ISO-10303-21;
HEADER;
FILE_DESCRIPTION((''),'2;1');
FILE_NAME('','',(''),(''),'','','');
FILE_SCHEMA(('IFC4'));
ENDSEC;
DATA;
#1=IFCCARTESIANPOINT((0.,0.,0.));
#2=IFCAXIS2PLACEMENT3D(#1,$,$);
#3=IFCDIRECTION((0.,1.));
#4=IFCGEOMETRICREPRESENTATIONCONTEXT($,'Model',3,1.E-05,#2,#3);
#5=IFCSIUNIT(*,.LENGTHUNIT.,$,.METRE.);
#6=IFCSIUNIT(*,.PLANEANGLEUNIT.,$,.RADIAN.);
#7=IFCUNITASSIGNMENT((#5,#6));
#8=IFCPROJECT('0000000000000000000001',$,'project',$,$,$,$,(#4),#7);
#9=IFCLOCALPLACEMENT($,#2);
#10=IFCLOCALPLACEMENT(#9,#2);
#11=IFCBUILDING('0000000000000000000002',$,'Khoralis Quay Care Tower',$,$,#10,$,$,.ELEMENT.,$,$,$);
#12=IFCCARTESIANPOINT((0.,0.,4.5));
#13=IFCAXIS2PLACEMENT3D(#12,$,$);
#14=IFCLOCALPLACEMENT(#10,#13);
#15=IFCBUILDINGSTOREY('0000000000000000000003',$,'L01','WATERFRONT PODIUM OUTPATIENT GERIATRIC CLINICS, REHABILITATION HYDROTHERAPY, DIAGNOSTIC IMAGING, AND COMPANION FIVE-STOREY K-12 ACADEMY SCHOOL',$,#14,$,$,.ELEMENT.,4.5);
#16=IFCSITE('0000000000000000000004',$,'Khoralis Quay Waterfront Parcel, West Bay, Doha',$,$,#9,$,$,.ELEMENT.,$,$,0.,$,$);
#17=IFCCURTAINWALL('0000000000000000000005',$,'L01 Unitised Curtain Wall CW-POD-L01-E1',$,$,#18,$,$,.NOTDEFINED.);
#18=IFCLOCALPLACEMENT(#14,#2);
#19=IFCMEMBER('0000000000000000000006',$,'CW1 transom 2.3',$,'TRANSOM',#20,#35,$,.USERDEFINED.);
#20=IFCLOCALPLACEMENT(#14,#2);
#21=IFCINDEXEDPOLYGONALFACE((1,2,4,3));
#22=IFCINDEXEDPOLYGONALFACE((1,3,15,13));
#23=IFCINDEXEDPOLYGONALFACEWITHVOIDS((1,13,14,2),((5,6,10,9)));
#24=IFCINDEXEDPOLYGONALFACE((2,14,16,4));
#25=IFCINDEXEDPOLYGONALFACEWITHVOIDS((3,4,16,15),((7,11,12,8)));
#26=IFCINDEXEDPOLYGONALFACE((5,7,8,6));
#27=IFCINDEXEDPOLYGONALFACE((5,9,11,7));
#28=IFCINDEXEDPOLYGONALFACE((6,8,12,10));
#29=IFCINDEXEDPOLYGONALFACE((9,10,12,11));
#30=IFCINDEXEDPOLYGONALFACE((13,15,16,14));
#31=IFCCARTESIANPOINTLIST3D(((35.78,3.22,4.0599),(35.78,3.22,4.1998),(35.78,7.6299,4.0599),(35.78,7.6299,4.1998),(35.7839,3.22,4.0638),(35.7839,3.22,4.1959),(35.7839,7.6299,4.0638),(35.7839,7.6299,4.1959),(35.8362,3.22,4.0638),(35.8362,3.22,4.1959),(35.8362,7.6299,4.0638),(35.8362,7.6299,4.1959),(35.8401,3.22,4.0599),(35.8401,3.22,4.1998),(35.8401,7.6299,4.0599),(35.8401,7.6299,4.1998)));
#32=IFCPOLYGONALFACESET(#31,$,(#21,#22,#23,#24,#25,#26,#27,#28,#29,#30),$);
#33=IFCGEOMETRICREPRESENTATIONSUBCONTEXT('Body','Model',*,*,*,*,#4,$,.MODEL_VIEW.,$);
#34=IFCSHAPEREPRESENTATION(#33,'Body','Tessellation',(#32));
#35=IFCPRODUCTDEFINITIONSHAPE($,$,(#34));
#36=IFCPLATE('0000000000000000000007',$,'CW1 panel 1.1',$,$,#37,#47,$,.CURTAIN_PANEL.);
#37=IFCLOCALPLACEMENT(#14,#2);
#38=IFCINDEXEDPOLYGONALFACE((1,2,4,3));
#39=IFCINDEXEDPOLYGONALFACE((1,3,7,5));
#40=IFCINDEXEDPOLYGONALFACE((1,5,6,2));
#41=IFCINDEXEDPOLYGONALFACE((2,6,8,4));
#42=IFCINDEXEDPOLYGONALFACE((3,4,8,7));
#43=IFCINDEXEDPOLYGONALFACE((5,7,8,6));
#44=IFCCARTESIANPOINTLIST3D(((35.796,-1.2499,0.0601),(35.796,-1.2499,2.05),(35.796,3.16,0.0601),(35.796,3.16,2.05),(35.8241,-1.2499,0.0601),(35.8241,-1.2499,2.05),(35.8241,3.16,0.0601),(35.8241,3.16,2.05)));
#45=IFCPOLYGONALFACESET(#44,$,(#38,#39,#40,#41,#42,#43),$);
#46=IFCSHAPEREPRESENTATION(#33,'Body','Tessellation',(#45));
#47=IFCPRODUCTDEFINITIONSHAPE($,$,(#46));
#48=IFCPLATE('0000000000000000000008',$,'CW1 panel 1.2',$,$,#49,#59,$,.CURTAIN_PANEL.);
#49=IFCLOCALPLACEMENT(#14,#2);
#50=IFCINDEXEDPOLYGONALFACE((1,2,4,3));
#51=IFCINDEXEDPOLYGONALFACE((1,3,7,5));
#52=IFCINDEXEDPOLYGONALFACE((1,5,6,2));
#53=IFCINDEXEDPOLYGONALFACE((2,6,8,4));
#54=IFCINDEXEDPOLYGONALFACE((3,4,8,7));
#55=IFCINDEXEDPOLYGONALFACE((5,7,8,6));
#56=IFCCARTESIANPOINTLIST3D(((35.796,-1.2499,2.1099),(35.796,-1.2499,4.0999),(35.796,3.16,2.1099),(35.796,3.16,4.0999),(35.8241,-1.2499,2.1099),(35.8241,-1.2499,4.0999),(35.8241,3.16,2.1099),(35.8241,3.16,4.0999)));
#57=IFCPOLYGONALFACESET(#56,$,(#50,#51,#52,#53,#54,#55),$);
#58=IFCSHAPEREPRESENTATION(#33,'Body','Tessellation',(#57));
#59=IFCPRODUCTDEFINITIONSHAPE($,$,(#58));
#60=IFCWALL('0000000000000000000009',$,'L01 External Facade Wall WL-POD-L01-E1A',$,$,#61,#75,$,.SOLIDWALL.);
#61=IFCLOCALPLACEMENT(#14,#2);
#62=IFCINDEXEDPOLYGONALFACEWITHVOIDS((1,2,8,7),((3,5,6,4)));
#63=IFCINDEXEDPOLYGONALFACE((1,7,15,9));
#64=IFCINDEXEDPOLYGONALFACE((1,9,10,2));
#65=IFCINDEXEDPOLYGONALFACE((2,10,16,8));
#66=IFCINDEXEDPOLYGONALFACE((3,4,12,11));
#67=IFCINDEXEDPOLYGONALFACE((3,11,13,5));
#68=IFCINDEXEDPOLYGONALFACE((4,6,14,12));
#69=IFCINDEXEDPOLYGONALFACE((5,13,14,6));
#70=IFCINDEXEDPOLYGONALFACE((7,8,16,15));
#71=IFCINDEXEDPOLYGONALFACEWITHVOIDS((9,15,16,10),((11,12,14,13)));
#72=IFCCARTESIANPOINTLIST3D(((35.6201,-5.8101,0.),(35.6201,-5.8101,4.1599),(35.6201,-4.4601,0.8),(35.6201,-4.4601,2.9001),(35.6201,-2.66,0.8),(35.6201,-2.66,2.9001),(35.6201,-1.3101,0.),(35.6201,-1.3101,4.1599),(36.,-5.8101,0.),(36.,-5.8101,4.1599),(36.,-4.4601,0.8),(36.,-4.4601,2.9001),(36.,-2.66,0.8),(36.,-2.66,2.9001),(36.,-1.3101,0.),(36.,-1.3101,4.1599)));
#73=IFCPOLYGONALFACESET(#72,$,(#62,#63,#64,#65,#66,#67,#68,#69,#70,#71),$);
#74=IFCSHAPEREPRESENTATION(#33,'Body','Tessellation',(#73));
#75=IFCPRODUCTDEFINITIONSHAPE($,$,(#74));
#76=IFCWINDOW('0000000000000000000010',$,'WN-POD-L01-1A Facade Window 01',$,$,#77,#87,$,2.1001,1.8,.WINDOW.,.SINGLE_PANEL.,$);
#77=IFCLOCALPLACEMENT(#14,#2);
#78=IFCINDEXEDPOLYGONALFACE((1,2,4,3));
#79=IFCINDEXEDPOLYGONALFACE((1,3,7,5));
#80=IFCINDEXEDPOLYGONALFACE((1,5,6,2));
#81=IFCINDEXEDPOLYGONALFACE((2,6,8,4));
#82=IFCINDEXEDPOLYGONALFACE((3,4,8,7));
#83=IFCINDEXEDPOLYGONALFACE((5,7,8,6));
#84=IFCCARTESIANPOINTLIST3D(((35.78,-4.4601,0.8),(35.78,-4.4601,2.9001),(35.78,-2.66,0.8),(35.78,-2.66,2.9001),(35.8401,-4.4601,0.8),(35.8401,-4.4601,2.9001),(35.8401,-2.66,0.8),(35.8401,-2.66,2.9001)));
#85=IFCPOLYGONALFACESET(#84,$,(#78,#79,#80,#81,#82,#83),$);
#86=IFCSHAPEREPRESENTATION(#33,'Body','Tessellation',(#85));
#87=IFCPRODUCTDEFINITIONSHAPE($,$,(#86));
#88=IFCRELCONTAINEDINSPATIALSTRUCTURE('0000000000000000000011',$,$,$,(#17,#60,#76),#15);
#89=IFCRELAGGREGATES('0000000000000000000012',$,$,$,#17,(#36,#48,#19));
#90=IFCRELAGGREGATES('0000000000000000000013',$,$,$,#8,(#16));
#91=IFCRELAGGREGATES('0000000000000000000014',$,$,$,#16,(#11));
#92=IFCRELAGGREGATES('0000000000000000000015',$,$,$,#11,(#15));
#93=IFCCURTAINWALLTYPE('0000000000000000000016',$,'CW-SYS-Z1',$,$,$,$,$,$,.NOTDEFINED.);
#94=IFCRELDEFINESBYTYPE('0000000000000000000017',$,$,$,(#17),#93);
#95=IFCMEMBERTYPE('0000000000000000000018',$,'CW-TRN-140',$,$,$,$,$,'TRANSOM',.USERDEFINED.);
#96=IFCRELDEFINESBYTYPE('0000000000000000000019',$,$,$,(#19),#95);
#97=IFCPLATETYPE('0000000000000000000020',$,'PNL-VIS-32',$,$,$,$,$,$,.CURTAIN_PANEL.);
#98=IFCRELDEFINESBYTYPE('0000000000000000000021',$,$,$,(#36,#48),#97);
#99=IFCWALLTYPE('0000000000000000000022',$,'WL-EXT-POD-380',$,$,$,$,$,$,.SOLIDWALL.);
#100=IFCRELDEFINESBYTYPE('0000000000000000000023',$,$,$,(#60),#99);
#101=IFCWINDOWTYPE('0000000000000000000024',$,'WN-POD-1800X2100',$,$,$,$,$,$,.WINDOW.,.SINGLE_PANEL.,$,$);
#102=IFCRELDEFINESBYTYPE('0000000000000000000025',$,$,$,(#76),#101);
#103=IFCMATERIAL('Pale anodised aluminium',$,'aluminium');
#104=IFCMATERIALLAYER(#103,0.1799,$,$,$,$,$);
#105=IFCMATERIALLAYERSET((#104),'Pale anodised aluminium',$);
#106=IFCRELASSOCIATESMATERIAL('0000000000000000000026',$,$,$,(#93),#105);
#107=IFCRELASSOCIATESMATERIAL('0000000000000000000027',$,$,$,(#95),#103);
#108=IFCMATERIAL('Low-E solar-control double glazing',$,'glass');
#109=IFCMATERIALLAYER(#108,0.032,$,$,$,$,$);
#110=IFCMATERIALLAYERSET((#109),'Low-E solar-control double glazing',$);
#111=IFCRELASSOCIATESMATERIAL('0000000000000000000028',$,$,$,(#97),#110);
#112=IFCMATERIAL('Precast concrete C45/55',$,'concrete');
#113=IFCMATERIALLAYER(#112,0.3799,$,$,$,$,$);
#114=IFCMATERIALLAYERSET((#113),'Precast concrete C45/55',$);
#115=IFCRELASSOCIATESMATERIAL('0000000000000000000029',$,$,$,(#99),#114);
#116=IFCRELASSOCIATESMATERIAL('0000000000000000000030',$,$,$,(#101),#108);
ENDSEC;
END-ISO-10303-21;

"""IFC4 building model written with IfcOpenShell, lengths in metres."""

from ifc_helpers import new_model, si_unit, direction, frame, frame_2d, origin, origin_2d, place, context, subcontext, project, spatial, rectangle, hollow_rectangle, extrude, source, transform, mapped, material, layer, layer_set, material_profile, profile_set, type_object, element, fill, aggregate, save


model = new_model("IFC4")

# Units and contexts
model_context = context("Model", 3, precision=1e-05, world=origin(), true_north=direction((0.0, 1.0)))
body_context = subcontext(model_context, "Body", "Model", "MODEL_VIEW")
ifc_project = project(units=[si_unit("LENGTHUNIT", "METRE"), si_unit("PLANEANGLEUNIT", "RADIAN")], contexts=[model_context])

# Site, building, storey
site_placement = place(None, origin())
site = spatial("IfcSite", under=ifc_project, at=site_placement, Name="Khoralis Quay Waterfront Parcel, West Bay, Doha", CompositionType="ELEMENT", RefElevation=0.0)
building_placement = place(site_placement, origin())
building = spatial("IfcBuilding", under=site, at=building_placement, Name="Khoralis Quay Care Tower", CompositionType="ELEMENT")
storey_placement = place(building_placement, frame((0.0, 0.0, 4.5)))
storey = spatial("IfcBuildingStorey", under=building, at=storey_placement, Name="L01", Description="WATERFRONT PODIUM OUTPATIENT GERIATRIC CLINICS, REHABILITATION HYDROTHERAPY, DIAGNOSTIC IMAGING, AND COMPANION FIVE-STOREY K-12 ACADEMY SCHOOL", CompositionType="ELEMENT", Elevation=4.5)

# Curtain wall, member, plates
ifc_material_1 = material(Name="Pale anodised aluminium", Category="aluminium")
ifc_layer_1 = layer(ifc_material_1, 0.1799)
ifc_layer_set_1 = layer_set([ifc_layer_1], Name="Pale anodised aluminium")
curtain_wall_type = type_object("IfcCurtainWallType", Name="CW-SYS-Z1", PredefinedType="NOTDEFINED", material=ifc_layer_set_1)
curtain_wall_placement = place(storey_placement, origin())
curtain_wall = element("IfcCurtainWall", 1, at=curtain_wall_placement, inside=storey, type_object=curtain_wall_type, Name="L01 Unitised Curtain Wall CW-POD-L01-E1", PredefinedType="NOTDEFINED")
ifc_material_profile_1 = material_profile(ifc_material_1, hollow_rectangle(XDim=0.0601, YDim=0.1399, WallThickness=0.0039, at=origin_2d()), Name="Pale anodised aluminium")
ifc_profile_set_1 = profile_set([ifc_material_profile_1], Name="Pale anodised aluminium")
member_type_1 = type_object("IfcMemberType", Name="CW-TRN-140", ElementType="TRANSOM", PredefinedType="USERDEFINED", material=ifc_profile_set_1)
shared_shape_1 = source(origin(), body_context, "Body", "SweptSolid", [
    extrude(hollow_rectangle(XDim=0.0601, YDim=0.1399, WallThickness=0.0039, at=origin_2d()), origin(), (0.0, 0.0, 1.0), 4.4099),
])
member_1_placement = place(storey_placement, frame((35.8101, 3.22, 4.1299), z_axis=(0.0, 1.0, 0.0), x_axis=(-1.0, 0.0, 0.0)))
member_1 = element("IfcMember", 2, at=member_1_placement, type_object=member_type_1, Name="CW1 transom 2.3", ObjectType="TRANSOM", PredefinedType="USERDEFINED", context=body_context, shape_type="MappedRepresentation", body=[
    mapped(shared_shape_1, transform((0.0, 0.0, 0.0), scale=1.0)),
])
ifc_material_2 = material(Name="Low-E solar-control double glazing", Category="glass")
ifc_layer_2 = layer(ifc_material_2, 0.032)
ifc_layer_set_2 = layer_set([ifc_layer_2], Name="Low-E solar-control double glazing")
plate_type = type_object("IfcPlateType", Name="PNL-VIS-32", PredefinedType="CURTAIN_PANEL", material=ifc_layer_set_2)
shared_shape_2 = source(origin(), body_context, "Body", "SweptSolid", [
    extrude(rectangle(XDim=4.4099, YDim=0.0281, at=origin_2d()), origin(), (0.0, 0.0, 1.0), 1.99),
])
plate_1_placement = place(storey_placement, frame((35.8101, 0.9551, 0.0601), z_axis=(0.0, 0.0, 1.0), x_axis=(0.0, 1.0, 0.0)))
plate_1 = element("IfcPlate", 3, at=plate_1_placement, type_object=plate_type, Name="CW1 panel 1.1", PredefinedType="CURTAIN_PANEL", context=body_context, shape_type="MappedRepresentation", body=[
    mapped(shared_shape_2, transform((0.0, 0.0, 0.0), scale=1.0)),
])
plate_2_placement = place(storey_placement, frame((35.8101, 0.9551, 2.1099), z_axis=(0.0, 0.0, 1.0), x_axis=(0.0, 1.0, 0.0)))
plate_2 = element("IfcPlate", 4, at=plate_2_placement, type_object=plate_type, Name="CW1 panel 1.2", PredefinedType="CURTAIN_PANEL", context=body_context, shape_type="MappedRepresentation", body=[
    mapped(shared_shape_2, transform((0.0, 0.0, 0.0), scale=1.0)),
])
aggregate(curtain_wall, [plate_1, plate_2, member_1])

# Wall, opening, window
ifc_material_3 = material(Name="Precast concrete C45/55", Category="concrete")
ifc_layer_3 = layer(ifc_material_3, 0.3799)
ifc_layer_set_3 = layer_set([ifc_layer_3], Name="Precast concrete C45/55")
wall_type = type_object("IfcWallType", Name="WL-EXT-POD-380", PredefinedType="SOLIDWALL", material=ifc_layer_set_3)
wall_placement = place(storey_placement, frame((35.8101, -5.8101, 0.0), z_axis=(0.0, 0.0, 1.0), x_axis=(0.0, 1.0, 0.0)))
wall = element("IfcWall", 5, at=wall_placement, inside=storey, type_object=wall_type, Name="L01 External Facade Wall WL-POD-L01-E1A", PredefinedType="SOLIDWALL", context=body_context, shape_type="SweptSolid", body=[
    extrude(rectangle(XDim=4.5, YDim=0.3799, at=frame_2d((2.25, 0.0))), origin(), (0.0, 0.0, 1.0), 4.1599),
])
opening_placement = place(wall_placement, frame((1.3501, 0.0, 0.8)))
opening = element("IfcOpeningElement", 6, at=opening_placement, cuts=wall, PredefinedType="OPENING", context=body_context, shape_type="SweptSolid", body=[
    extrude(rectangle(XDim=1.8, YDim=2.1001, at=frame_2d((0.8999, 1.05))), frame((0.0, 0.2, 0.0), z_axis=(0.0, -1.0, 0.0), x_axis=(1.0, 0.0, 0.0)), (0.0, 0.0, 1.0), 0.3999),
])
window_type = type_object("IfcWindowType", Name="WN-POD-1800X2100", PartitioningType="SINGLE_PANEL", PredefinedType="WINDOW", material=ifc_material_2)
shared_shape_3 = source(origin(), body_context, "Body", "SweptSolid", [
    extrude(rectangle(XDim=1.8, YDim=2.1001, at=frame_2d((0.8999, 1.05))), frame((0.0, 0.03, 0.0), z_axis=(0.0, -1.0, 0.0), x_axis=(1.0, 0.0, 0.0)), (0.0, 0.0, 1.0), 0.0601),
])
window_placement = place(opening_placement, origin())
window = element("IfcWindow", 7, at=window_placement, inside=storey, type_object=window_type, Name="WN-POD-L01-1A Facade Window 01", OverallHeight=2.1001, OverallWidth=1.8, PartitioningType="SINGLE_PANEL", PredefinedType="WINDOW", context=body_context, shape_type="MappedRepresentation", body=[
    mapped(shared_shape_3, transform((0.0, 0.0, 0.0), scale=1.0)),
])
fill(opening, window)

save(model, "model.ifc")
